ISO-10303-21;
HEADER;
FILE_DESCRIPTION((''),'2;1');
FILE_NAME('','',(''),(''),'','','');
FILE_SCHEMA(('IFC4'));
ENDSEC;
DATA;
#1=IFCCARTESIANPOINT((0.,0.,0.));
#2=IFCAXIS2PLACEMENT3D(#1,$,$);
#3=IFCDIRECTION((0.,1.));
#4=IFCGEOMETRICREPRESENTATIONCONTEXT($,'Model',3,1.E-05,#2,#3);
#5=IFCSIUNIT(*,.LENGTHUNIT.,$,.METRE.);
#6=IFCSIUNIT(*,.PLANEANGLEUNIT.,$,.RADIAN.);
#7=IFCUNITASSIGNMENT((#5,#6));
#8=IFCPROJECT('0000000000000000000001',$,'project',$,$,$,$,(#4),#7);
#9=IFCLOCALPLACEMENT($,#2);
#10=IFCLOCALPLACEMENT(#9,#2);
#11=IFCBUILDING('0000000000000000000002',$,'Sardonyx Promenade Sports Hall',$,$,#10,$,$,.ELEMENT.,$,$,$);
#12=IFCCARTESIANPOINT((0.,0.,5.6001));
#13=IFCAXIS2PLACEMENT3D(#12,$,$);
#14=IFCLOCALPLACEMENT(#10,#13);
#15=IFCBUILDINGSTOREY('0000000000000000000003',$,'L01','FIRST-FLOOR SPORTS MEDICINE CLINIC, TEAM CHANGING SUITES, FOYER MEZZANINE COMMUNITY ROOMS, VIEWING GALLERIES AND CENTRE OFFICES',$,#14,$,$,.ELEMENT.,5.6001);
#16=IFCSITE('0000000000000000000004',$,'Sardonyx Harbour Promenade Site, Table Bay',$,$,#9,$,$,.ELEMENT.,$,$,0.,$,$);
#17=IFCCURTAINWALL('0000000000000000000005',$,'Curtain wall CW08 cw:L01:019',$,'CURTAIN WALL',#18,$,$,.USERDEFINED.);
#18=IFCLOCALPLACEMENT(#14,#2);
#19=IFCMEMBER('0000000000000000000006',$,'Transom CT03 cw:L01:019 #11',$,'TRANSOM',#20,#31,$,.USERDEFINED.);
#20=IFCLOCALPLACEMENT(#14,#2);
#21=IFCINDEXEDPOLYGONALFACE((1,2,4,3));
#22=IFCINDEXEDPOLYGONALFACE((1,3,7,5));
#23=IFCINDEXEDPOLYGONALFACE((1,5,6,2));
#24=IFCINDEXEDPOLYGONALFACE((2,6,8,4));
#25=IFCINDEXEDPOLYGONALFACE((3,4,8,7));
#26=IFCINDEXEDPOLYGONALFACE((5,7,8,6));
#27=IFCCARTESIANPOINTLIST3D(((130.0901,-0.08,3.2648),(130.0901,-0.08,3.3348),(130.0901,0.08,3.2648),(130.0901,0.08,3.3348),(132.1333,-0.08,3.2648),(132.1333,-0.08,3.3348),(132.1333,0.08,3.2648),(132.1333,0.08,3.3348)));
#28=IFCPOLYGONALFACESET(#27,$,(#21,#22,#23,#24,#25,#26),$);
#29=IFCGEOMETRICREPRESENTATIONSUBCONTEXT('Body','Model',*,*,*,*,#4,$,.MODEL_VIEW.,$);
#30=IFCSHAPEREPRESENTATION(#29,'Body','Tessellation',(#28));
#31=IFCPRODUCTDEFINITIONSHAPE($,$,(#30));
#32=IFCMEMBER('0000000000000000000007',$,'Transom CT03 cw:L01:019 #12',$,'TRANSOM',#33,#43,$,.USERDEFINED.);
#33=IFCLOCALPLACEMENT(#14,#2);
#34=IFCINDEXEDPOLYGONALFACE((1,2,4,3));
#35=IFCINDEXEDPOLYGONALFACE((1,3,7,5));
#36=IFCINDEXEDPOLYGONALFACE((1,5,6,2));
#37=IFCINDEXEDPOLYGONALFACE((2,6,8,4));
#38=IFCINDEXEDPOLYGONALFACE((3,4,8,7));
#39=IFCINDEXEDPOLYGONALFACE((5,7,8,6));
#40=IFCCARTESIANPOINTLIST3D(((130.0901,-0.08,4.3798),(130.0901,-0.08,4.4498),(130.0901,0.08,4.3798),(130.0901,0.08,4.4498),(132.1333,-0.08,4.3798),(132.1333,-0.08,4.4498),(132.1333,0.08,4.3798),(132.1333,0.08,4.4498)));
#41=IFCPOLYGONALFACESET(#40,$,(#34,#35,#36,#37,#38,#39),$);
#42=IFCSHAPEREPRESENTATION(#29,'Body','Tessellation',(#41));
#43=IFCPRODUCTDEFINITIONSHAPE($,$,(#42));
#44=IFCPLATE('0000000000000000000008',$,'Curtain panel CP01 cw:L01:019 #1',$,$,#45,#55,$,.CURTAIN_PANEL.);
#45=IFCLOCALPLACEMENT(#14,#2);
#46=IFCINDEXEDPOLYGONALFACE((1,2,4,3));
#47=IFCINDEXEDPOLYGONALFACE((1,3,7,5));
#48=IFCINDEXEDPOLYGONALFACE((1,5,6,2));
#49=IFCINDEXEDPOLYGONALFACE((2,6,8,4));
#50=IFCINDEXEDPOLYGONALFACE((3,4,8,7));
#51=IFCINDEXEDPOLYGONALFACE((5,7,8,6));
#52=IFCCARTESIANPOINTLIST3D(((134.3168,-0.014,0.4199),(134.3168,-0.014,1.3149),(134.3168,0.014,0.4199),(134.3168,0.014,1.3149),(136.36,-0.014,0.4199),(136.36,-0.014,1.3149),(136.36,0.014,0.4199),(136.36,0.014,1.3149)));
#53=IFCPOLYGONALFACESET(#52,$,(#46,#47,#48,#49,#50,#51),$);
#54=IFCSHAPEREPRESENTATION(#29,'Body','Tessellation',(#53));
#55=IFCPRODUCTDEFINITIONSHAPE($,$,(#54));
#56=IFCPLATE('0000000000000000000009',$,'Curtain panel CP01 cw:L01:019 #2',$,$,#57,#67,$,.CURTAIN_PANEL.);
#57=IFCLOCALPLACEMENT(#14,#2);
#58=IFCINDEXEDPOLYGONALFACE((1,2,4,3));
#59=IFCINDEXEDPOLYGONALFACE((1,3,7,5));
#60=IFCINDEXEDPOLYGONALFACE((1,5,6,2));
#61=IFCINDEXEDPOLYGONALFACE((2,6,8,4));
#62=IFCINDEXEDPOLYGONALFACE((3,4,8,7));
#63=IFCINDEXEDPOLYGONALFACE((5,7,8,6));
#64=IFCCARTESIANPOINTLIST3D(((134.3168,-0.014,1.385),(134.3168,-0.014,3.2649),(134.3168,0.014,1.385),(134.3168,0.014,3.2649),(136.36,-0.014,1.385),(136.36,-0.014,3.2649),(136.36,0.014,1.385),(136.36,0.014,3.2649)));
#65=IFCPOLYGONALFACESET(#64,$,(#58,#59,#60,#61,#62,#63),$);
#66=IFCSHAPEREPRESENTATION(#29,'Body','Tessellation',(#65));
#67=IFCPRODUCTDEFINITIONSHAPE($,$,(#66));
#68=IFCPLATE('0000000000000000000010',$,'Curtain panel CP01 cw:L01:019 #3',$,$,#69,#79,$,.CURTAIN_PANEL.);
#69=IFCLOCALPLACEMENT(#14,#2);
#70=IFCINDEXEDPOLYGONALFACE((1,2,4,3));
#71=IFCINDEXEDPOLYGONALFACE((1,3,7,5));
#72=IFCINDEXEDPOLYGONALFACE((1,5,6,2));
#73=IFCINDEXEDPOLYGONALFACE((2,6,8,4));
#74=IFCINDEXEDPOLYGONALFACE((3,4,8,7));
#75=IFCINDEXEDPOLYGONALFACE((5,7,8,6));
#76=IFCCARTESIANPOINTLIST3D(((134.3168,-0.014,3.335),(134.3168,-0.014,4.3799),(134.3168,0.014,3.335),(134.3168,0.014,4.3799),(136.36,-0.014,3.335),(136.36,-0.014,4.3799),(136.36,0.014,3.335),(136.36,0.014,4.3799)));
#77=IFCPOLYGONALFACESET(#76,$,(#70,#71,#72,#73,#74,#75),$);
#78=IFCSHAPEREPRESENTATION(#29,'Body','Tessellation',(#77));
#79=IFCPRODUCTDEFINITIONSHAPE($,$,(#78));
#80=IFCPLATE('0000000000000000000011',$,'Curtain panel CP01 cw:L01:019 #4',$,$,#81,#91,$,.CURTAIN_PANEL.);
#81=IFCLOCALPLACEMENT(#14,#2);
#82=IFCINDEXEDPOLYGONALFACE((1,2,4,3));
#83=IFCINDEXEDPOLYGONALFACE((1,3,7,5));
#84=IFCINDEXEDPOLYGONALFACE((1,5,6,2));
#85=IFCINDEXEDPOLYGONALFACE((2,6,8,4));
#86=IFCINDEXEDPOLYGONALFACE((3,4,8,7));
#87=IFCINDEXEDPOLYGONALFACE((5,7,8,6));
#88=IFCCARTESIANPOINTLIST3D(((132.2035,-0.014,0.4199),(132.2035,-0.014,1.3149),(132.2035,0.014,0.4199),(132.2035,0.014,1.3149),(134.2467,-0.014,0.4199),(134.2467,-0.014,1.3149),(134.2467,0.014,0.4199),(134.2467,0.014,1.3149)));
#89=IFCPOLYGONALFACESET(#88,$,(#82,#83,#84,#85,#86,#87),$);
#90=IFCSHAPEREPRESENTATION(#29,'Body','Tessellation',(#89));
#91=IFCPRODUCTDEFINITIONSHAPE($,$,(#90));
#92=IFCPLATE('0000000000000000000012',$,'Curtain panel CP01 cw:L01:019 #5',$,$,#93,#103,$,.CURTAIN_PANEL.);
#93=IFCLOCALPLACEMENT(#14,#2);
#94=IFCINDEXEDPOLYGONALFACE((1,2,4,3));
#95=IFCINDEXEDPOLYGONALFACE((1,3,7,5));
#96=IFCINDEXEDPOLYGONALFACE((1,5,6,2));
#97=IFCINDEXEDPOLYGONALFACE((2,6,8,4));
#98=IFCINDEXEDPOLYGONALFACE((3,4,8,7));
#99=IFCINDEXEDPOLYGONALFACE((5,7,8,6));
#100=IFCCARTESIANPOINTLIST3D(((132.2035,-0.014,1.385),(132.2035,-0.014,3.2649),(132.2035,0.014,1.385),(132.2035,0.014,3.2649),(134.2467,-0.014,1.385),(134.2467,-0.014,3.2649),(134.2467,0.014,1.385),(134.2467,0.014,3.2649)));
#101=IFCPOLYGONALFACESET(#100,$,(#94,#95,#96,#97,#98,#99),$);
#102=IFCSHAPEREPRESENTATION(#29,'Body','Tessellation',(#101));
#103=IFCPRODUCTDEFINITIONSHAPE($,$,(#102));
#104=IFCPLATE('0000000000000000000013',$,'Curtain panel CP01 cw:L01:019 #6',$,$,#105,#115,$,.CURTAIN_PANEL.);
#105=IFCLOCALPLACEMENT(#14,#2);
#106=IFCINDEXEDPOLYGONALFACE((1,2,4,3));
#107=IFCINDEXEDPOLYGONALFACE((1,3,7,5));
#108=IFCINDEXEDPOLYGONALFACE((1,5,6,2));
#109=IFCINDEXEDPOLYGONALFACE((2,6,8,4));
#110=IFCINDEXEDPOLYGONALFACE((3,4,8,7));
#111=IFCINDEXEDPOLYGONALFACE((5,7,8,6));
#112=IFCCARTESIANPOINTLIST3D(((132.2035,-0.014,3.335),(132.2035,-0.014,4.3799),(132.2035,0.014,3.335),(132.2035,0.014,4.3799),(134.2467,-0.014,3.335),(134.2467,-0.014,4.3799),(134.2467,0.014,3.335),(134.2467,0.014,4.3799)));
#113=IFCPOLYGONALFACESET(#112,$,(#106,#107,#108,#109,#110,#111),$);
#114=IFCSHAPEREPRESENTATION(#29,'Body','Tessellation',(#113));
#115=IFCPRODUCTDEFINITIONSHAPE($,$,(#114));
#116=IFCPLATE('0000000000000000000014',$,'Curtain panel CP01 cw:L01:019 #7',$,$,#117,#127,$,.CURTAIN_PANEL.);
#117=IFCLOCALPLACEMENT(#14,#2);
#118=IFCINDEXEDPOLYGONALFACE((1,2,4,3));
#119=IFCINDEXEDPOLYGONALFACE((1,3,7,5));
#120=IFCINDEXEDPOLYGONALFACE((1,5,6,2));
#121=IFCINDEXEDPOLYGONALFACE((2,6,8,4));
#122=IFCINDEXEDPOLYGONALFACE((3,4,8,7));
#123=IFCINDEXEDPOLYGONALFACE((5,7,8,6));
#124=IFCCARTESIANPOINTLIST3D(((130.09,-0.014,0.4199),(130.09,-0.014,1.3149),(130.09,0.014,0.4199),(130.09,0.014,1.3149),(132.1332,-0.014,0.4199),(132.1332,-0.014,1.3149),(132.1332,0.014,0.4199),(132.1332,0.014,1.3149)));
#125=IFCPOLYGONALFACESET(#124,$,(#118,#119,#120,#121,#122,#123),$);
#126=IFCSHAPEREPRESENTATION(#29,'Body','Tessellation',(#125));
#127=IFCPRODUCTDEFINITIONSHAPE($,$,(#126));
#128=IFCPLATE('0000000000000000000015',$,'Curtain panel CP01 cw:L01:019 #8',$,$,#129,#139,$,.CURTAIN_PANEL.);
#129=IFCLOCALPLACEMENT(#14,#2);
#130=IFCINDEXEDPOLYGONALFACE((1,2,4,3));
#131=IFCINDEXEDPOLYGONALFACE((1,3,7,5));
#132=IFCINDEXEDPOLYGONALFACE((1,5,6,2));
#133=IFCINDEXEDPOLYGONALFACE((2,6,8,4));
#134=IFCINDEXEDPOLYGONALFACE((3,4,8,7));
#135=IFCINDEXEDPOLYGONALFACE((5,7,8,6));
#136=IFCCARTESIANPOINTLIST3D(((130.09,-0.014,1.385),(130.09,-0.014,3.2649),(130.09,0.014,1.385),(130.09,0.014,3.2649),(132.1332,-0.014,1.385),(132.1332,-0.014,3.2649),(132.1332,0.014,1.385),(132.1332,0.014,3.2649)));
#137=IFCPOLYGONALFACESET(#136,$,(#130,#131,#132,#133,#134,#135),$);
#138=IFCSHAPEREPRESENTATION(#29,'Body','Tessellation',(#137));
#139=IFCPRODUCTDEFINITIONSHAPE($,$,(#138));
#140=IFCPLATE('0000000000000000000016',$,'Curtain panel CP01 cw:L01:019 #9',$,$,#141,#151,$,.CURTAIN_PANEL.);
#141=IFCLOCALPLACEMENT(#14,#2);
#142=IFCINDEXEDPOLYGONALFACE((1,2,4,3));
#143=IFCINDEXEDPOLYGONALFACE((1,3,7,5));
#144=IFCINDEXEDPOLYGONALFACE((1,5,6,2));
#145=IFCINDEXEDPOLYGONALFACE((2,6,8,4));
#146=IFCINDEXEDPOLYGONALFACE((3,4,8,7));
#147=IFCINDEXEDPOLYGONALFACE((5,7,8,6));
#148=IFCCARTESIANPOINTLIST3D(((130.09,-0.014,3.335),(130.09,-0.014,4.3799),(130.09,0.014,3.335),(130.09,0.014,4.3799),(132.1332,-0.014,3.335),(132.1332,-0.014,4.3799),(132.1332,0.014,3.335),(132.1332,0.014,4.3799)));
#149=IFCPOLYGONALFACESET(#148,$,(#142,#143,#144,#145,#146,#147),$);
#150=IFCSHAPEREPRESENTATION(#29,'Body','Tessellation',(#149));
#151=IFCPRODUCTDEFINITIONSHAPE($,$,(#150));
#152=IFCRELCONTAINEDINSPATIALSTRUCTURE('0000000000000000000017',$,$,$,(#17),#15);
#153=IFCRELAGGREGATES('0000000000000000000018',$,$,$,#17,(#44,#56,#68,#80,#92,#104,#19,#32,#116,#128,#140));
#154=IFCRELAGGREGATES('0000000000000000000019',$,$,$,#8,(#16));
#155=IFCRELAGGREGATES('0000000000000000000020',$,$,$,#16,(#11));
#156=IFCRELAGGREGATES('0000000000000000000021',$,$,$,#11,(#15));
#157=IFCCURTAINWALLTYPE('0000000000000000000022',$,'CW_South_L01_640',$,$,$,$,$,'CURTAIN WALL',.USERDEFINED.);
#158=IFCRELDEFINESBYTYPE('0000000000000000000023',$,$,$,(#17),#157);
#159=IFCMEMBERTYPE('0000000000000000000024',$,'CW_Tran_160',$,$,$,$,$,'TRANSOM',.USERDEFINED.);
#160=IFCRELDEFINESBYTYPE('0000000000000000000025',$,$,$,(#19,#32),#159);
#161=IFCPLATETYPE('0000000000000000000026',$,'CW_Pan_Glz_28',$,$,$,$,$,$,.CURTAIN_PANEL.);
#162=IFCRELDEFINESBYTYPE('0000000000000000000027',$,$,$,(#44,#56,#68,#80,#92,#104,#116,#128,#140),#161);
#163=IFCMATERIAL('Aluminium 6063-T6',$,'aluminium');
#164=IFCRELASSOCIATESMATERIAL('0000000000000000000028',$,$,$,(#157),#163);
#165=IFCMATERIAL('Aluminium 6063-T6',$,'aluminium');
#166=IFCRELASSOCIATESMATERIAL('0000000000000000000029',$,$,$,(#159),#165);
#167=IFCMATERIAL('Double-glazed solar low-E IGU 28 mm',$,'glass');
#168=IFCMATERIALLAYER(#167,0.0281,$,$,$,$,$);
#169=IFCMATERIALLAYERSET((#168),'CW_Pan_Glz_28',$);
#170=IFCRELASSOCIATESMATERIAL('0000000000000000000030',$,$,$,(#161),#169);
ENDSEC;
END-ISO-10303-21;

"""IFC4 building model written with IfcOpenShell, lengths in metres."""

from ifc_helpers import new_model, si_unit, direction, frame, origin, origin_2d, place, context, subcontext, project, spatial, rectangle, extrude, material, layer, layer_set, material_profile, profile_set, type_object, element, aggregate, save


model = new_model("IFC4")

# Units and contexts
model_context = context("Model", 3, precision=1e-05, world=origin(), true_north=direction((0.0, 1.0)))
body_context = subcontext(model_context, "Body", "Model", "MODEL_VIEW")
ifc_project = project(units=[si_unit("LENGTHUNIT", "METRE"), si_unit("PLANEANGLEUNIT", "RADIAN")], contexts=[model_context])

# Site, building, storey
site_placement = place(None, origin())
site = spatial("IfcSite", under=ifc_project, at=site_placement, Name="Sardonyx Harbour Promenade Site, Table Bay", CompositionType="ELEMENT", RefElevation=0.0)
building_placement = place(site_placement, origin())
building = spatial("IfcBuilding", under=site, at=building_placement, Name="Sardonyx Promenade Sports Hall", CompositionType="ELEMENT")
storey_placement = place(building_placement, frame((0.0, 0.0, 5.6001)))
storey = spatial("IfcBuildingStorey", under=building, at=storey_placement, Name="L01", Description="FIRST-FLOOR SPORTS MEDICINE CLINIC, TEAM CHANGING SUITES, FOYER MEZZANINE COMMUNITY ROOMS, VIEWING GALLERIES AND CENTRE OFFICES", CompositionType="ELEMENT", Elevation=5.6001)

# Curtain wall, members, plates
ifc_material_1 = material(Name="Aluminium 6063-T6", Category="aluminium")
curtain_wall_type = type_object("IfcCurtainWallType", Name="CW_South_L01_640", ElementType="CURTAIN WALL", PredefinedType="USERDEFINED", material=ifc_material_1)
curtain_wall_placement = place(storey_placement, origin())
curtain_wall = element("IfcCurtainWall", 1, at=curtain_wall_placement, inside=storey, type_object=curtain_wall_type, Name="Curtain wall CW08 cw:L01:019", ObjectType="CURTAIN WALL", PredefinedType="USERDEFINED")
ifc_material_2 = material(Name="Aluminium 6063-T6", Category="aluminium")
ifc_material_profile_1 = material_profile(ifc_material_2, rectangle(XDim=0.0701, YDim=0.1599, at=origin_2d()))
ifc_profile_set_1 = profile_set([ifc_material_profile_1], Name="Aluminium 6063-T6")
member_type_1 = type_object("IfcMemberType", Name="CW_Tran_160", ElementType="TRANSOM", PredefinedType="USERDEFINED", material=ifc_profile_set_1)
member_1_placement = place(storey_placement, frame((132.1333, 0.0, 3.2998), z_axis=(-1.0, 0.0, 0.0), x_axis=(0.0, 0.0, 1.0)))
member_1 = element("IfcMember", 2, at=member_1_placement, type_object=member_type_1, Name="Transom CT03 cw:L01:019 #11", ObjectType="TRANSOM", PredefinedType="USERDEFINED", context=body_context, shape_type="SweptSolid", body=[
    extrude(rectangle(XDim=0.0701, YDim=0.1599, at=origin_2d()), origin(), (0.0, 0.0, 1.0), 2.0432),
])
member_2_placement = place(storey_placement, frame((132.1333, 0.0, 4.4148), z_axis=(-1.0, 0.0, 0.0), x_axis=(0.0, 0.0, 1.0)))
member_2 = element("IfcMember", 3, at=member_2_placement, type_object=member_type_1, Name="Transom CT03 cw:L01:019 #12", ObjectType="TRANSOM", PredefinedType="USERDEFINED", context=body_context, shape_type="SweptSolid", body=[
    extrude(rectangle(XDim=0.0701, YDim=0.1599, at=origin_2d()), origin(), (0.0, 0.0, 1.0), 2.0432),
])
ifc_material_3 = material(Name="Double-glazed solar low-E IGU 28 mm", Category="glass")
ifc_layer = layer(ifc_material_3, 0.0281)
ifc_layer_set = layer_set([ifc_layer], Name="CW_Pan_Glz_28")
plate_type = type_object("IfcPlateType", Name="CW_Pan_Glz_28", PredefinedType="CURTAIN_PANEL", material=ifc_layer_set)
plate_1_placement = place(storey_placement, frame((135.3384, 0.0, 0.4199), z_axis=(0.0, 0.0, 1.0), x_axis=(-1.0, 0.0, 0.0)))
plate_1 = element("IfcPlate", 4, at=plate_1_placement, type_object=plate_type, Name="Curtain panel CP01 cw:L01:019 #1", PredefinedType="CURTAIN_PANEL", context=body_context, shape_type="SweptSolid", body=[
    extrude(rectangle(XDim=2.0432, YDim=0.0281, at=origin_2d()), origin(), (0.0, 0.0, 1.0), 0.895),
])
plate_2_placement = place(storey_placement, frame((135.3384, 0.0, 1.385), z_axis=(0.0, 0.0, 1.0), x_axis=(-1.0, 0.0, 0.0)))
plate_2 = element("IfcPlate", 5, at=plate_2_placement, type_object=plate_type, Name="Curtain panel CP01 cw:L01:019 #2", PredefinedType="CURTAIN_PANEL", context=body_context, shape_type="SweptSolid", body=[
    extrude(rectangle(XDim=2.0432, YDim=0.0281, at=origin_2d()), origin(), (0.0, 0.0, 1.0), 1.8799),
])
plate_3_placement = place(storey_placement, frame((135.3384, 0.0, 3.335), z_axis=(0.0, 0.0, 1.0), x_axis=(-1.0, 0.0, 0.0)))
plate_3 = element("IfcPlate", 6, at=plate_3_placement, type_object=plate_type, Name="Curtain panel CP01 cw:L01:019 #3", PredefinedType="CURTAIN_PANEL", context=body_context, shape_type="SweptSolid", body=[
    extrude(rectangle(XDim=2.0432, YDim=0.0281, at=origin_2d()), origin(), (0.0, 0.0, 1.0), 1.0449),
])
plate_4_placement = place(storey_placement, frame((133.2251, 0.0, 0.4199), z_axis=(0.0, 0.0, 1.0), x_axis=(-1.0, 0.0, 0.0)))
plate_4 = element("IfcPlate", 7, at=plate_4_placement, type_object=plate_type, Name="Curtain panel CP01 cw:L01:019 #4", PredefinedType="CURTAIN_PANEL", context=body_context, shape_type="SweptSolid", body=[
    extrude(rectangle(XDim=2.0432, YDim=0.0281, at=origin_2d()), origin(), (0.0, 0.0, 1.0), 0.895),
])
plate_5_placement = place(storey_placement, frame((133.2251, 0.0, 1.385), z_axis=(0.0, 0.0, 1.0), x_axis=(-1.0, 0.0, 0.0)))
plate_5 = element("IfcPlate", 8, at=plate_5_placement, type_object=plate_type, Name="Curtain panel CP01 cw:L01:019 #5", PredefinedType="CURTAIN_PANEL", context=body_context, shape_type="SweptSolid", body=[
    extrude(rectangle(XDim=2.0432, YDim=0.0281, at=origin_2d()), origin(), (0.0, 0.0, 1.0), 1.8799),
])
plate_6_placement = place(storey_placement, frame((133.2251, 0.0, 3.335), z_axis=(0.0, 0.0, 1.0), x_axis=(-1.0, 0.0, 0.0)))
plate_6 = element("IfcPlate", 9, at=plate_6_placement, type_object=plate_type, Name="Curtain panel CP01 cw:L01:019 #6", PredefinedType="CURTAIN_PANEL", context=body_context, shape_type="SweptSolid", body=[
    extrude(rectangle(XDim=2.0432, YDim=0.0281, at=origin_2d()), origin(), (0.0, 0.0, 1.0), 1.0449),
])
plate_7_placement = place(storey_placement, frame((131.1116, 0.0, 0.4199), z_axis=(0.0, 0.0, 1.0), x_axis=(-1.0, 0.0, 0.0)))
plate_7 = element("IfcPlate", 10, at=plate_7_placement, type_object=plate_type, Name="Curtain panel CP01 cw:L01:019 #7", PredefinedType="CURTAIN_PANEL", context=body_context, shape_type="SweptSolid", body=[
    extrude(rectangle(XDim=2.0432, YDim=0.0281, at=origin_2d()), origin(), (0.0, 0.0, 1.0), 0.895),
])
plate_8_placement = place(storey_placement, frame((131.1116, 0.0, 1.385), z_axis=(0.0, 0.0, 1.0), x_axis=(-1.0, 0.0, 0.0)))
plate_8 = element("IfcPlate", 11, at=plate_8_placement, type_object=plate_type, Name="Curtain panel CP01 cw:L01:019 #8", PredefinedType="CURTAIN_PANEL", context=body_context, shape_type="SweptSolid", body=[
    extrude(rectangle(XDim=2.0432, YDim=0.0281, at=origin_2d()), origin(), (0.0, 0.0, 1.0), 1.8799),
])
plate_9_placement = place(storey_placement, frame((131.1116, 0.0, 3.335), z_axis=(0.0, 0.0, 1.0), x_axis=(-1.0, 0.0, 0.0)))
plate_9 = element("IfcPlate", 12, at=plate_9_placement, type_object=plate_type, Name="Curtain panel CP01 cw:L01:019 #9", PredefinedType="CURTAIN_PANEL", context=body_context, shape_type="SweptSolid", body=[
    extrude(rectangle(XDim=2.0432, YDim=0.0281, at=origin_2d()), origin(), (0.0, 0.0, 1.0), 1.0449),
])
aggregate(curtain_wall, [plate_1, plate_2, plate_3, plate_4, plate_5, plate_6, member_1, member_2, plate_7, plate_8, plate_9])

save(model, "model.ifc")
